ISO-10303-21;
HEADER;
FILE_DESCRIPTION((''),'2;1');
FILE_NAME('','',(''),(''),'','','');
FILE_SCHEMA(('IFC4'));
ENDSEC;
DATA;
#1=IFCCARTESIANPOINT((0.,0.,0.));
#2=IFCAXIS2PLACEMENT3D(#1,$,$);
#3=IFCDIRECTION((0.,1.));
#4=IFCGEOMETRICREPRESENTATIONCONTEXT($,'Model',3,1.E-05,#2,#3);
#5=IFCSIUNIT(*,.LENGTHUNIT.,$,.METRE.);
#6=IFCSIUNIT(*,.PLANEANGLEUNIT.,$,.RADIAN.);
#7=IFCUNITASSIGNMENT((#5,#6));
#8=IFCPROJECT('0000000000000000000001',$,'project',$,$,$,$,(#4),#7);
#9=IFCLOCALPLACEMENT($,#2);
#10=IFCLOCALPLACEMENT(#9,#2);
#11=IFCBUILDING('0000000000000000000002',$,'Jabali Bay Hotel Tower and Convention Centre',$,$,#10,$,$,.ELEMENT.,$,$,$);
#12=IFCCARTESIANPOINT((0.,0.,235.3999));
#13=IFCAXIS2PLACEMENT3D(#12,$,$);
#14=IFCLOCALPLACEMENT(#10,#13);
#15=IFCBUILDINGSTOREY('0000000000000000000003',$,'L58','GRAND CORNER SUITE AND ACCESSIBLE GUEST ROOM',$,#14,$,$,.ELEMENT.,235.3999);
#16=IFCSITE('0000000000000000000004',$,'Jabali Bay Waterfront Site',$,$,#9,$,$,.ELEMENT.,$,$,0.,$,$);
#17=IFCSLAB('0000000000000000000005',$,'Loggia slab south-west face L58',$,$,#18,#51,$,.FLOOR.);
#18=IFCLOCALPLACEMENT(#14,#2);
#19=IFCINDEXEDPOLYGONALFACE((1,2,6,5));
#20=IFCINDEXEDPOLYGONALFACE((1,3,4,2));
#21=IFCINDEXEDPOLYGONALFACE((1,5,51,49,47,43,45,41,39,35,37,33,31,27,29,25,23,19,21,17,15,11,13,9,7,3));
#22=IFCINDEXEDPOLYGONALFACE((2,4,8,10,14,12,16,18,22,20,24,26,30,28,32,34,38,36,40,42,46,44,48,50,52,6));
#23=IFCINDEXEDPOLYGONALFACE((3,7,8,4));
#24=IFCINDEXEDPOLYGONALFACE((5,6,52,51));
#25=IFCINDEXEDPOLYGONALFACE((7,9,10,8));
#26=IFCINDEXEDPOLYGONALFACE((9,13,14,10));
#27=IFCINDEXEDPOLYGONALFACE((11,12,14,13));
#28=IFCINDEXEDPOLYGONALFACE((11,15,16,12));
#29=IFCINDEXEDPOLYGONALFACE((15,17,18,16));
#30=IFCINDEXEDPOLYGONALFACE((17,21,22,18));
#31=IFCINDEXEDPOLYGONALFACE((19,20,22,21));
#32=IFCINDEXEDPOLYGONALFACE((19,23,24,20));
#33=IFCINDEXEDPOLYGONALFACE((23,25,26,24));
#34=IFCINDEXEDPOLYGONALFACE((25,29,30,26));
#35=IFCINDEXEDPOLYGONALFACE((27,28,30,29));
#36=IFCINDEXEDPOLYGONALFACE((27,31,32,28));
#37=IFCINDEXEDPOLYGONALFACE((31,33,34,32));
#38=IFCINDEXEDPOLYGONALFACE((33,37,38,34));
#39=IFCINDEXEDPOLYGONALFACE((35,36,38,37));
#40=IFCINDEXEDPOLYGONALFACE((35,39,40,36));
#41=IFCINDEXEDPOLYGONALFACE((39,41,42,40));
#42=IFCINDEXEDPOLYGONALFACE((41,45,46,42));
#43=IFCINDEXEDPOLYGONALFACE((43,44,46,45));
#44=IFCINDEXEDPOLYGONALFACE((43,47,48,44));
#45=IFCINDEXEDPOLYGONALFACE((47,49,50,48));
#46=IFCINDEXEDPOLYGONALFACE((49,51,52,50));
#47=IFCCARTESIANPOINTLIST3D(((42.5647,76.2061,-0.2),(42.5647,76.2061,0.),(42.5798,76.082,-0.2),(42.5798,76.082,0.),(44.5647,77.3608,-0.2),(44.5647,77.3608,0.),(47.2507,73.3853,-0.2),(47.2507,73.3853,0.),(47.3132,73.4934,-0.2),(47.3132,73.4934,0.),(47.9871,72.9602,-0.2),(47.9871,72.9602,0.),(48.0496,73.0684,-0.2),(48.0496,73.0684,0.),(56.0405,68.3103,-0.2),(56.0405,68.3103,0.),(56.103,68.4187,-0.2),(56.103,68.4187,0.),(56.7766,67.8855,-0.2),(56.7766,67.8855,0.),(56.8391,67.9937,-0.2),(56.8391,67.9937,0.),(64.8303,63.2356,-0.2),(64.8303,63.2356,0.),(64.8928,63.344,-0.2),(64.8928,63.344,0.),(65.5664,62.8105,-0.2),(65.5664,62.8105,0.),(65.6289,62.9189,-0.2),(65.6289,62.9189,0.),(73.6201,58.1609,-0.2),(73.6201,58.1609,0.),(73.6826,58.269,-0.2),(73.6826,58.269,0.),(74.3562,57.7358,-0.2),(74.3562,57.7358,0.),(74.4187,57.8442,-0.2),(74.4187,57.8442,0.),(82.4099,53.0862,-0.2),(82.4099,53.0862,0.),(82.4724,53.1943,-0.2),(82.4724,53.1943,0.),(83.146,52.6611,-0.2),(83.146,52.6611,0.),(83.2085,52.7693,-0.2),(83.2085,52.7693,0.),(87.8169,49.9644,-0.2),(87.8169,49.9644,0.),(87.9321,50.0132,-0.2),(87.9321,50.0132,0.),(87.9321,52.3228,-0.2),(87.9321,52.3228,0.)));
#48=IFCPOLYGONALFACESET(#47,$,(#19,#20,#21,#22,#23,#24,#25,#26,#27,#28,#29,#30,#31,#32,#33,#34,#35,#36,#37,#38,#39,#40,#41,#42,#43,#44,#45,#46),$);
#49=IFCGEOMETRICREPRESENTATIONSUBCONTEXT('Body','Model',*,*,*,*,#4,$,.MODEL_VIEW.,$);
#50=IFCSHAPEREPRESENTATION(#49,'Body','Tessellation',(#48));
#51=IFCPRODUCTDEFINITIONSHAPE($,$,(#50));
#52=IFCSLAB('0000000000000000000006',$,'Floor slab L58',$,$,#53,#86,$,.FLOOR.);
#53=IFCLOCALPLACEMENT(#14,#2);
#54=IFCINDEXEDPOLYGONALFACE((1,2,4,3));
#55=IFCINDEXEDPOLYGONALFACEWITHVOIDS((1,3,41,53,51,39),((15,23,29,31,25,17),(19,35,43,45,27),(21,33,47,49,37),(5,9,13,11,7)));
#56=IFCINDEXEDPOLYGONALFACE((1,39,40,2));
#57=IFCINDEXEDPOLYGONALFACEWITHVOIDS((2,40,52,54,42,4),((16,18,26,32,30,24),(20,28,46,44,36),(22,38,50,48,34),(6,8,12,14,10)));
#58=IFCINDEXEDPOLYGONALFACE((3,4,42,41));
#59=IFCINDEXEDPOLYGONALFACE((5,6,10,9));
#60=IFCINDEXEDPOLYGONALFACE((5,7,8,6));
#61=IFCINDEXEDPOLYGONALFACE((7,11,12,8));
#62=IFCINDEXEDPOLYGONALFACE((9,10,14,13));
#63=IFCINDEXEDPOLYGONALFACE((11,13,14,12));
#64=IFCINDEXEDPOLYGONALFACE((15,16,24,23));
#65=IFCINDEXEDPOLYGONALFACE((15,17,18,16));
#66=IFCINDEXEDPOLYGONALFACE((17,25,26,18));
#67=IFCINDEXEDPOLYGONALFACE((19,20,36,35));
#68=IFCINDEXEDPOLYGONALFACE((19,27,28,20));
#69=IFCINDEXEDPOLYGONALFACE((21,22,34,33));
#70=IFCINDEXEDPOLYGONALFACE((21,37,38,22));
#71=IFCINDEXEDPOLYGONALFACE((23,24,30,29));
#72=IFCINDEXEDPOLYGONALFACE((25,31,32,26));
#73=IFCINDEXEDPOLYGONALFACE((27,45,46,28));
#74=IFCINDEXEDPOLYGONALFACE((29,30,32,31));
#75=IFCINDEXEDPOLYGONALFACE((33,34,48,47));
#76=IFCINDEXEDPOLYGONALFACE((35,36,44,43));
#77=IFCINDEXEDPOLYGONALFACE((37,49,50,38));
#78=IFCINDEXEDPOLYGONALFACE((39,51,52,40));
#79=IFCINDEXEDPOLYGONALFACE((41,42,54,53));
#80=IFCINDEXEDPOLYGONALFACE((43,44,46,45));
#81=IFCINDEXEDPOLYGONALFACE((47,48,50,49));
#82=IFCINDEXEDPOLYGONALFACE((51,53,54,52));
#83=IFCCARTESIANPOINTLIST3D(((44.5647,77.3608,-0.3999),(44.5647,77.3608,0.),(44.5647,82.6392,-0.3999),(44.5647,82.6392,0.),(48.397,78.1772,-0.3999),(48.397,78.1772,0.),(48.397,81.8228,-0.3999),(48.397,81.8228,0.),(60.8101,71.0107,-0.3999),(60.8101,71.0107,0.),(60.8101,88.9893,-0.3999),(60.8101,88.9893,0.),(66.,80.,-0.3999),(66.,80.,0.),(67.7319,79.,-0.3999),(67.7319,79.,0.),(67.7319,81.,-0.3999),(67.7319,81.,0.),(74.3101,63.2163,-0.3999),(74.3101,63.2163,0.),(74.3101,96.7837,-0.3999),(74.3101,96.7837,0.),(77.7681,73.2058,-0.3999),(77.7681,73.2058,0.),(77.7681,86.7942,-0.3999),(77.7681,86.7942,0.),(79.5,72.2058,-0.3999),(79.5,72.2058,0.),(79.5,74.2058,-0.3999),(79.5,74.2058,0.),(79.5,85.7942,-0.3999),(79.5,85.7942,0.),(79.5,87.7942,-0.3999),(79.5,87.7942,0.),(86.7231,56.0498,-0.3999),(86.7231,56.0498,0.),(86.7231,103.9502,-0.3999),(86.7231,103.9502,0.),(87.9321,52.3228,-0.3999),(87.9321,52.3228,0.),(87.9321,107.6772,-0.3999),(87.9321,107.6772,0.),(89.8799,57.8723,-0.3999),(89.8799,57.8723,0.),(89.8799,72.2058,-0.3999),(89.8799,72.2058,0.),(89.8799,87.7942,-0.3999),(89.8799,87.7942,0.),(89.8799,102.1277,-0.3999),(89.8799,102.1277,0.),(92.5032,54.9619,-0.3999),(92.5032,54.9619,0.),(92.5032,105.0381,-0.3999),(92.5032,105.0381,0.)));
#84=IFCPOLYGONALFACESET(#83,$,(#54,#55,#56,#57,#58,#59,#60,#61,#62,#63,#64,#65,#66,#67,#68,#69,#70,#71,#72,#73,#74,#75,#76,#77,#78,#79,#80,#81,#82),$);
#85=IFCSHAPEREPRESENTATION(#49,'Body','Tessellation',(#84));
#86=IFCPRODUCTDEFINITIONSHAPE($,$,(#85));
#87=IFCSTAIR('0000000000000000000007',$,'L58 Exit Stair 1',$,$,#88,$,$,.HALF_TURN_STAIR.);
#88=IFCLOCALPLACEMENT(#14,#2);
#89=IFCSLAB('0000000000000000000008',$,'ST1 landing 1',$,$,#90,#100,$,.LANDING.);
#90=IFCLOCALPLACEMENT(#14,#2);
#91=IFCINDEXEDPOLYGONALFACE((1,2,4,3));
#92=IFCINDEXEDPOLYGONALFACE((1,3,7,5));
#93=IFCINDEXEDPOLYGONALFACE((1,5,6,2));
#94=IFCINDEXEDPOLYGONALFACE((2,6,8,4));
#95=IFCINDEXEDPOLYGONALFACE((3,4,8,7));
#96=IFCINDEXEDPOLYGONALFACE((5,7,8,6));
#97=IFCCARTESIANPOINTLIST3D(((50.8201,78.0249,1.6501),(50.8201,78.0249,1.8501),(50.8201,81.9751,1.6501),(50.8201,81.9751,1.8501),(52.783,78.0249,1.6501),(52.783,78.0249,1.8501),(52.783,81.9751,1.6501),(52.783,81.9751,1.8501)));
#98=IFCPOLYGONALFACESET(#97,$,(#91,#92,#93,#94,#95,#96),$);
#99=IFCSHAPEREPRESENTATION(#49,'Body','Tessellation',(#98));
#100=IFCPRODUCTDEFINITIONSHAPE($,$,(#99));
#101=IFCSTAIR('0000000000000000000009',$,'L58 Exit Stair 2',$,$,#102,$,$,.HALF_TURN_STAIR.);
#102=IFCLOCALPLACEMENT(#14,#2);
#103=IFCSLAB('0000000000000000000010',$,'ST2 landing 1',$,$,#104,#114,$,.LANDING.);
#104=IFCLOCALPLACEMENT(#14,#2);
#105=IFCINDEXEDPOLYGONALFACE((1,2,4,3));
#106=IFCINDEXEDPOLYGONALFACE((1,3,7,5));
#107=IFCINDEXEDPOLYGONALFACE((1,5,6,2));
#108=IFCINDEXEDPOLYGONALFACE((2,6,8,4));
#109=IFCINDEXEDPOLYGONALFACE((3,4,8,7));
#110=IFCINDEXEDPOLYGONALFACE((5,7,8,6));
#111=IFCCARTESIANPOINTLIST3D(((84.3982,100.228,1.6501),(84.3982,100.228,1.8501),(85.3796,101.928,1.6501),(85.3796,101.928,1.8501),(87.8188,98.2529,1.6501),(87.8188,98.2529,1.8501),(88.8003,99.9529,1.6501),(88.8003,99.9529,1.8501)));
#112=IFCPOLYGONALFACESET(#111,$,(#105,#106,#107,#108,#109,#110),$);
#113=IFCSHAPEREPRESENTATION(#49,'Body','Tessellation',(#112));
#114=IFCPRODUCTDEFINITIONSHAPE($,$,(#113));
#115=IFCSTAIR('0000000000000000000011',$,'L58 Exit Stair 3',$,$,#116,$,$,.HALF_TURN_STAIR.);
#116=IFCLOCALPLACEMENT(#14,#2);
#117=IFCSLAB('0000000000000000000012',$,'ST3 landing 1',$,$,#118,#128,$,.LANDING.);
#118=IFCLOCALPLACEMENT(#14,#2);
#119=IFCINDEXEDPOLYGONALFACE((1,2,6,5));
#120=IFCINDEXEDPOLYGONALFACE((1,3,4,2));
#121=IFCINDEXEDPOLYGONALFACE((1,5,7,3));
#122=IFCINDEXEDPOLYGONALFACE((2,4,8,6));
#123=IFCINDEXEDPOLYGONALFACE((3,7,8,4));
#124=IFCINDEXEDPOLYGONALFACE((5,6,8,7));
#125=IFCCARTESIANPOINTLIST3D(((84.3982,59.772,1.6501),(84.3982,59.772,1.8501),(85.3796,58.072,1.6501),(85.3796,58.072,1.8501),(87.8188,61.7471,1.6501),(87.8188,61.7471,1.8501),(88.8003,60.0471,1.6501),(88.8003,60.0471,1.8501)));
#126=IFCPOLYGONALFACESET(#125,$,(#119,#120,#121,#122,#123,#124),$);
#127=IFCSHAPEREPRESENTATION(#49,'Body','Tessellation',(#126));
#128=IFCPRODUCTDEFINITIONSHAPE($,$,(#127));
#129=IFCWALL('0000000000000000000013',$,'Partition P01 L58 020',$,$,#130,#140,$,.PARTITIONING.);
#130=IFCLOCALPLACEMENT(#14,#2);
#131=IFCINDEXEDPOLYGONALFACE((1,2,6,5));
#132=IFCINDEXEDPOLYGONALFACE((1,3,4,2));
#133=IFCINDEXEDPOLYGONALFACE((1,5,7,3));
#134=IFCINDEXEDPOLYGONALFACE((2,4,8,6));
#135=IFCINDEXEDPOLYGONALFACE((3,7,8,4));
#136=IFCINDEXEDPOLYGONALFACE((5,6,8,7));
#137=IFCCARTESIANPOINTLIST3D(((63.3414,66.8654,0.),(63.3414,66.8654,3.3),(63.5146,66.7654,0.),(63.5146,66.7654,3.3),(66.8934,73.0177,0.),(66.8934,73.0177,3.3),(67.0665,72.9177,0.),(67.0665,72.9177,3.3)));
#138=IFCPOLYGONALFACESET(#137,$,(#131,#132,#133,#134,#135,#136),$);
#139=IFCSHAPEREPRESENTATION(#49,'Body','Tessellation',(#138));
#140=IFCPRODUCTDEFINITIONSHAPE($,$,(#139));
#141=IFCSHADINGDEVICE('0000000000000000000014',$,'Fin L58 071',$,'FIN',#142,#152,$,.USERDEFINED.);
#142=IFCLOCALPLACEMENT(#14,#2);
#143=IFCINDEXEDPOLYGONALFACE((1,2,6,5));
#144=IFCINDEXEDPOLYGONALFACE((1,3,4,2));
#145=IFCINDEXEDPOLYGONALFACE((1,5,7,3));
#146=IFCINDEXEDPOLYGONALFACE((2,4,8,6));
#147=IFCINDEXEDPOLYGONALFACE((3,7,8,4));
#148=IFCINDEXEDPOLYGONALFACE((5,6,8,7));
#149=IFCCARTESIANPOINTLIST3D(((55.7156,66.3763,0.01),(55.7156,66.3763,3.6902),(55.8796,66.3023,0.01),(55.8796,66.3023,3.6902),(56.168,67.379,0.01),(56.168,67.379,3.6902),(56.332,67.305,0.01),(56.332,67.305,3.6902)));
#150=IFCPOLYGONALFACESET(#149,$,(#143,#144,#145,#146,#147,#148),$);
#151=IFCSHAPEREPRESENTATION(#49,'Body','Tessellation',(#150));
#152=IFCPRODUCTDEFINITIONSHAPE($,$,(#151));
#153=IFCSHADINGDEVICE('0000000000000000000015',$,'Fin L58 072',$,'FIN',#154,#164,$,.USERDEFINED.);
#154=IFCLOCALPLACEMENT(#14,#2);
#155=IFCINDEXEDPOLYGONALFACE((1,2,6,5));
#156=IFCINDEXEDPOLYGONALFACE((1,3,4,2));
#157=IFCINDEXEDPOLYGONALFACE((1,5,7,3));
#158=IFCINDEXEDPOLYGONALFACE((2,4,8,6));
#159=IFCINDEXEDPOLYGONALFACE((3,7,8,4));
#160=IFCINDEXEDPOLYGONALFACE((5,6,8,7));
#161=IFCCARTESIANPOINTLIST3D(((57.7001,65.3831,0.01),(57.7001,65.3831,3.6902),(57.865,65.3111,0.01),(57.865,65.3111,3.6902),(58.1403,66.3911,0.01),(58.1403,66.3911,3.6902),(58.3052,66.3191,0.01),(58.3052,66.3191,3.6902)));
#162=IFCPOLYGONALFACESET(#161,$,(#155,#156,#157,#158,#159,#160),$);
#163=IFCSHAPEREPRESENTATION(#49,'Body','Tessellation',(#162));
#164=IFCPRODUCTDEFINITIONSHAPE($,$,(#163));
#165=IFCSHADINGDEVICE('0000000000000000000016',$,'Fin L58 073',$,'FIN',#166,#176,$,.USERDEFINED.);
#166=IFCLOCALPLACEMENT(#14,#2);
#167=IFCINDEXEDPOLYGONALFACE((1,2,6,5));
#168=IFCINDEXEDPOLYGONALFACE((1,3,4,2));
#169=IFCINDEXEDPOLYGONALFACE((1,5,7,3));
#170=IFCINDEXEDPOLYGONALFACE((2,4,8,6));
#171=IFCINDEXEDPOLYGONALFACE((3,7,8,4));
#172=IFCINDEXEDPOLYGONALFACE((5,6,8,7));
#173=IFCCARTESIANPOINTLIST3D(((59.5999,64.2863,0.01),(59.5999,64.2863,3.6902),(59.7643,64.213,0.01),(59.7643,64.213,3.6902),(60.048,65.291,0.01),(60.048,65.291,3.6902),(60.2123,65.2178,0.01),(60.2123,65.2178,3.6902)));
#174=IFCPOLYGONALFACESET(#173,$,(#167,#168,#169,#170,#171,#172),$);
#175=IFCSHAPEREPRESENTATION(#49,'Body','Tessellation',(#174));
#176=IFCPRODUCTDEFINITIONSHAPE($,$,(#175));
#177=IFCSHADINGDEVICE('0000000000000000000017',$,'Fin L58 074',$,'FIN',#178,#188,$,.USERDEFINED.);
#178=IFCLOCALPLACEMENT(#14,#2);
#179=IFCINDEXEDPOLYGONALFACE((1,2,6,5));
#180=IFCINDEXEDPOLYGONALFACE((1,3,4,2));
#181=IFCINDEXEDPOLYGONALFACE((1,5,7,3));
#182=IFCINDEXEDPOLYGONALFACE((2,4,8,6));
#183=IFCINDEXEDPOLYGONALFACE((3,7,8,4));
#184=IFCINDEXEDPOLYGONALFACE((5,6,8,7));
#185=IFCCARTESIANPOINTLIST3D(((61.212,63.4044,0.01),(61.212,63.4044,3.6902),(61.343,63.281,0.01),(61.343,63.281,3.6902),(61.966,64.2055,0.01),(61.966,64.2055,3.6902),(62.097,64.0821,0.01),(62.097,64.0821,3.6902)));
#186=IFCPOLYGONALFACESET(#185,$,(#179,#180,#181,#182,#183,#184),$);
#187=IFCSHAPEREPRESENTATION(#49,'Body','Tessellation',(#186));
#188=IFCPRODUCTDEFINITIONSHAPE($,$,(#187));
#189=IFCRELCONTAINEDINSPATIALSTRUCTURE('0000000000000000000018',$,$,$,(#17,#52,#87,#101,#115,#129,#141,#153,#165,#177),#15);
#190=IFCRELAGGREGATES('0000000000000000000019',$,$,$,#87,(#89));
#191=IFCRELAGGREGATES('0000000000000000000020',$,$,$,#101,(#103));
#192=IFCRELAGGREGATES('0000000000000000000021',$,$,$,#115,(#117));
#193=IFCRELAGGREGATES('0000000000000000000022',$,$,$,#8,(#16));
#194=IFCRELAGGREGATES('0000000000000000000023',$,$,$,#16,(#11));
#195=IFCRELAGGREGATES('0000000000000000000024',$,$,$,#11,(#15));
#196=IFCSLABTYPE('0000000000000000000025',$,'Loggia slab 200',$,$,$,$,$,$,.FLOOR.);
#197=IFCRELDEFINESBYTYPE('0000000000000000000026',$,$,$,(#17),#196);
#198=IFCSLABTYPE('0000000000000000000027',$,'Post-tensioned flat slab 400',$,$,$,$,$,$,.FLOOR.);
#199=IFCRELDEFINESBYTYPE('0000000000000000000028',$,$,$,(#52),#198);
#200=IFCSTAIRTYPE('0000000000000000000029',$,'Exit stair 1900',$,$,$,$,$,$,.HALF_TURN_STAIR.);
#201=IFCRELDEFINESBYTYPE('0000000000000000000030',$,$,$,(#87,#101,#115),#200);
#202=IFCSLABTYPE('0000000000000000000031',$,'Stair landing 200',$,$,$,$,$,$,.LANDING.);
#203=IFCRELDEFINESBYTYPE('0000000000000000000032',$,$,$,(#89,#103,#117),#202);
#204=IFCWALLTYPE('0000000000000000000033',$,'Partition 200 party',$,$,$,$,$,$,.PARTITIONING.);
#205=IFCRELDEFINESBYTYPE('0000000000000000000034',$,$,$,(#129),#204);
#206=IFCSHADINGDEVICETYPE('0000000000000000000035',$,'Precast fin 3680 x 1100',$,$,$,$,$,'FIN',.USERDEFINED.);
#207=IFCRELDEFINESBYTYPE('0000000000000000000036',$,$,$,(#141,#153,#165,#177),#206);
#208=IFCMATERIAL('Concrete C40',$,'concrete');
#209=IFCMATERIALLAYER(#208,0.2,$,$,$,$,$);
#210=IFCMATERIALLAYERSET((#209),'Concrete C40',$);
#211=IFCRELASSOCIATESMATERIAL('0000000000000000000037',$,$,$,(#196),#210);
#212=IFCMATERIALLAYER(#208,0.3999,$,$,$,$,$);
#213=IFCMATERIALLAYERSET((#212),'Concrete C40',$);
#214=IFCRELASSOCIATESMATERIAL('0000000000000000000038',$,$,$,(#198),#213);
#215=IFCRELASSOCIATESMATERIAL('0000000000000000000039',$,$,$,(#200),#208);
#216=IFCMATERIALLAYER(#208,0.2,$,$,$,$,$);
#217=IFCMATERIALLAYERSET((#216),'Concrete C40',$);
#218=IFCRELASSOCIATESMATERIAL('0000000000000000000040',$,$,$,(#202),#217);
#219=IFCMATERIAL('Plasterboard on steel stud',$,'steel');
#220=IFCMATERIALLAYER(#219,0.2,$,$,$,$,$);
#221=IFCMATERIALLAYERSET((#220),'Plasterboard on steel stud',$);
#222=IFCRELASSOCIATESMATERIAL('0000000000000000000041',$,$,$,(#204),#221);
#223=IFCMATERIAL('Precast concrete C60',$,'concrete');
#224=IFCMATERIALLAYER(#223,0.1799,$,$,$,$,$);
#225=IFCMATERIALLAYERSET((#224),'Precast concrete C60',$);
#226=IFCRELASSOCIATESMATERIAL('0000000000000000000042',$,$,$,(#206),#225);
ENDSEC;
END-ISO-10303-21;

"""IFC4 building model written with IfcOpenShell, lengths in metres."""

from ifc_helpers import new_model, si_unit, direction, frame, frame_2d, origin, place, context, subcontext, project, spatial, polyline, rectangle, outline, extrude, material, layer, layer_set, type_object, element, aggregate, save


model = new_model("IFC4")

# Units and contexts
model_context = context("Model", 3, precision=1e-05, world=origin(), true_north=direction((0.0, 1.0)))
body_context = subcontext(model_context, "Body", "Model", "MODEL_VIEW")
ifc_project = project(units=[si_unit("LENGTHUNIT", "METRE"), si_unit("PLANEANGLEUNIT", "RADIAN")], contexts=[model_context])

# Site, building, storey
site_placement = place(None, origin())
site = spatial("IfcSite", under=ifc_project, at=site_placement, Name="Jabali Bay Waterfront Site", CompositionType="ELEMENT", RefElevation=0.0)
building_placement = place(site_placement, origin())
building = spatial("IfcBuilding", under=site, at=building_placement, Name="Jabali Bay Hotel Tower and Convention Centre", CompositionType="ELEMENT")
storey_placement = place(building_placement, frame((0.0, 0.0, 235.3999)))
storey = spatial("IfcBuildingStorey", under=building, at=storey_placement, Name="L58", Description="GRAND CORNER SUITE AND ACCESSIBLE GUEST ROOM", CompositionType="ELEMENT", Elevation=235.3999)

# Slabs
ifc_material_1 = material(Name="Concrete C40", Category="concrete")
ifc_layer_1 = layer(ifc_material_1, 0.2)
ifc_layer_set_1 = layer_set([ifc_layer_1], Name="Concrete C40")
slab_type_1 = type_object("IfcSlabType", Name="Loggia slab 200", PredefinedType="FLOOR", material=ifc_layer_set_1)
slab_1_placement = place(storey_placement, frame((0.0, 0.0, -0.2)))
element("IfcSlab", 1, at=slab_1_placement, inside=storey, type_object=slab_type_1, Name="Loggia slab south-west face L58", PredefinedType="FLOOR", context=body_context, shape_type="SweptSolid", body=[
    extrude(outline(polyline([(87.9321, 52.3228), (87.9321, 50.0132), (87.8169, 49.9644), (83.146, 52.6611), (83.2085, 52.7693), (82.4724, 53.1943), (82.4099, 53.0862), (74.3562, 57.7358), (74.4187, 57.8442), (73.6826, 58.269), (73.6201, 58.1609), (65.5664, 62.8105), (65.6289, 62.9189), (64.8928, 63.344), (64.8303, 63.2356), (56.7766, 67.8855), (56.8391, 67.9937), (56.103, 68.4187), (56.0405, 68.3103), (47.9871, 72.9602), (48.0496, 73.0684), (47.3132, 73.4934), (47.2507, 73.3853), (42.5798, 76.082), (42.5647, 76.2061), (44.5647, 77.3608), (87.9321, 52.3228)])), origin(), (0.0, 0.0, 1.0), 0.2),
])
ifc_layer_2 = layer(ifc_material_1, 0.3999)
ifc_layer_set_2 = layer_set([ifc_layer_2], Name="Concrete C40")
slab_type_2 = type_object("IfcSlabType", Name="Post-tensioned flat slab 400", PredefinedType="FLOOR", material=ifc_layer_set_2)
slab_2_placement = place(storey_placement, frame((0.0, 0.0, -0.3999)))
element("IfcSlab", 2, at=slab_2_placement, inside=storey, type_object=slab_type_2, Name="Floor slab L58", PredefinedType="FLOOR", context=body_context, shape_type="SweptSolid", body=[
    extrude(outline(polyline([(87.9321, 107.6772), (92.5032, 105.0381), (92.5032, 54.9619), (87.9321, 52.3228), (44.5647, 77.3608), (44.5647, 82.6392), (87.9321, 107.6772)]), holes=[polyline([(67.7319, 79.0), (77.7681, 73.2058), (79.5, 74.2058), (79.5, 85.7942), (77.7681, 86.7942), (67.7319, 81.0), (67.7319, 79.0)]), polyline([(48.397, 78.1772), (60.8101, 71.0107), (66.0, 80.0), (60.8101, 88.9893), (48.397, 81.8228), (48.397, 78.1772)]), polyline([(89.8799, 102.1277), (86.7231, 103.9502), (74.3101, 96.7837), (79.5, 87.7942), (89.8799, 87.7942), (89.8799, 102.1277)]), polyline([(74.3101, 63.2163), (86.7231, 56.0498), (89.8799, 57.8723), (89.8799, 72.2058), (79.5, 72.2058), (74.3101, 63.2163)])]), origin(), (0.0, 0.0, 1.0), 0.3999),
])

# Stairs, slabs
stair_type = type_object("IfcStairType", Name="Exit stair 1900", PredefinedType="HALF_TURN_STAIR", material=ifc_material_1)
stair_1_placement = place(storey_placement, origin())
stair_1 = element("IfcStair", 3, at=stair_1_placement, inside=storey, type_object=stair_type, Name="L58 Exit Stair 1", PredefinedType="HALF_TURN_STAIR")
ifc_layer_3 = layer(ifc_material_1, 0.2)
ifc_layer_set_3 = layer_set([ifc_layer_3], Name="Concrete C40")
slab_type_3 = type_object("IfcSlabType", Name="Stair landing 200", PredefinedType="LANDING", material=ifc_layer_set_3)
slab_3_placement = place(storey_placement, frame((0.0, 0.0, 1.6501)))
slab_3 = element("IfcSlab", 4, at=slab_3_placement, type_object=slab_type_3, Name="ST1 landing 1", PredefinedType="LANDING", context=body_context, shape_type="SweptSolid", body=[
    extrude(outline(polyline([(52.783, 81.9751), (50.8201, 81.9751), (50.8201, 78.0249), (52.783, 78.0249), (52.783, 81.9751)])), origin(), (0.0, 0.0, 1.0), 0.2),
])
aggregate(stair_1, [slab_3])
stair_2_placement = place(storey_placement, origin())
stair_2 = element("IfcStair", 5, at=stair_2_placement, inside=storey, type_object=stair_type, Name="L58 Exit Stair 2", PredefinedType="HALF_TURN_STAIR")
slab_4_placement = place(storey_placement, frame((0.0, 0.0, 1.6501)))
slab_4 = element("IfcSlab", 6, at=slab_4_placement, type_object=slab_type_3, Name="ST2 landing 1", PredefinedType="LANDING", context=body_context, shape_type="SweptSolid", body=[
    extrude(outline(polyline([(87.8188, 98.2529), (88.8003, 99.9529), (85.3796, 101.928), (84.3982, 100.228), (87.8188, 98.2529)])), origin(), (0.0, 0.0, 1.0), 0.2),
])
aggregate(stair_2, [slab_4])
stair_3_placement = place(storey_placement, origin())
stair_3 = element("IfcStair", 7, at=stair_3_placement, inside=storey, type_object=stair_type, Name="L58 Exit Stair 3", PredefinedType="HALF_TURN_STAIR")
slab_5_placement = place(storey_placement, frame((0.0, 0.0, 1.6501)))
slab_5 = element("IfcSlab", 8, at=slab_5_placement, type_object=slab_type_3, Name="ST3 landing 1", PredefinedType="LANDING", context=body_context, shape_type="SweptSolid", body=[
    extrude(outline(polyline([(84.3982, 59.772), (85.3796, 58.072), (88.8003, 60.0471), (87.8188, 61.7471), (84.3982, 59.772)])), origin(), (0.0, 0.0, 1.0), 0.2),
])
aggregate(stair_3, [slab_5])

# Wall
ifc_material_2 = material(Name="Plasterboard on steel stud", Category="steel")
ifc_layer_4 = layer(ifc_material_2, 0.2)
ifc_layer_set_4 = layer_set([ifc_layer_4], Name="Plasterboard on steel stud")
wall_type = type_object("IfcWallType", Name="Partition 200 party", PredefinedType="PARTITIONING", material=ifc_layer_set_4)
wall_placement = place(storey_placement, frame((63.428, 66.8154, 0.0), z_axis=(0.0, 0.0, 1.0), x_axis=(0.499994, 0.866029, 0.0)))
element("IfcWall", 9, at=wall_placement, inside=storey, type_object=wall_type, Name="Partition P01 L58 020", PredefinedType="PARTITIONING", context=body_context, shape_type="SweptSolid", body=[
    extrude(rectangle(XDim=7.104, YDim=0.2, at=frame_2d((3.552, 0.0))), origin(), (0.0, 0.0, 1.0), 3.3),
])

# Shading devices
ifc_material_3 = material(Name="Precast concrete C60", Category="concrete")
ifc_layer_5 = layer(ifc_material_3, 0.1799)
ifc_layer_set_5 = layer_set([ifc_layer_5], Name="Precast concrete C60")
shading_device_type_1 = type_object("IfcShadingDeviceType", Name="Precast fin 3680 x 1100", ElementType="FIN", PredefinedType="USERDEFINED", material=ifc_layer_set_5)
shading_device_1_placement = place(storey_placement, frame((56.25, 67.342, 0.01), z_axis=(0.0, 0.0, 1.0), x_axis=(-0.41126, -0.911518, 0.0)))
element("IfcShadingDevice", 10, at=shading_device_1_placement, inside=storey, type_object=shading_device_type_1, Name="Fin L58 071", ObjectType="FIN", PredefinedType="USERDEFINED", context=body_context, shape_type="SweptSolid", body=[
    extrude(rectangle(XDim=1.1001, YDim=0.1799, at=frame_2d((0.55, 0.0))), origin(), (0.0, 0.0, 1.0), 3.6802),
])
shading_device_2_placement = place(storey_placement, frame((58.2227, 66.355, 0.01), z_axis=(0.0, 0.0, 1.0), x_axis=(-0.400178, -0.916437, 0.0)))
element("IfcShadingDevice", 11, at=shading_device_2_placement, inside=storey, type_object=shading_device_type_1, Name="Fin L58 072", ObjectType="FIN", PredefinedType="USERDEFINED", context=body_context, shape_type="SweptSolid", body=[
    extrude(rectangle(XDim=1.0999, YDim=0.1799, at=frame_2d((0.5498, 0.0))), origin(), (0.0, 0.0, 1.0), 3.6802),
])
for number, where, z_axis, x_axis, name in (
    (12, (60.1301, 65.2544, 0.01), (0.0, 0.0, 1.0), (-0.407271, -0.913307, 0.0), "Fin L58 073"),
    (13, (62.0315, 64.1438, 0.01), (0.0, 0.0, 1.0), (-0.685365, -0.7282, 0.0), "Fin L58 074"),
):
    element("IfcShadingDevice", number, at=place(storey_placement, frame(where, z_axis=z_axis, x_axis=x_axis)), inside=storey, type_object=shading_device_type_1, Name=name, ObjectType="FIN", PredefinedType="USERDEFINED", context=body_context, shape_type="SweptSolid", body=[
        extrude(rectangle(XDim=1.1001, YDim=0.1799, at=frame_2d((0.55, 0.0))), origin(), (0.0, 0.0, 1.0), 3.6802),
    ])

save(model, "model.ifc")
